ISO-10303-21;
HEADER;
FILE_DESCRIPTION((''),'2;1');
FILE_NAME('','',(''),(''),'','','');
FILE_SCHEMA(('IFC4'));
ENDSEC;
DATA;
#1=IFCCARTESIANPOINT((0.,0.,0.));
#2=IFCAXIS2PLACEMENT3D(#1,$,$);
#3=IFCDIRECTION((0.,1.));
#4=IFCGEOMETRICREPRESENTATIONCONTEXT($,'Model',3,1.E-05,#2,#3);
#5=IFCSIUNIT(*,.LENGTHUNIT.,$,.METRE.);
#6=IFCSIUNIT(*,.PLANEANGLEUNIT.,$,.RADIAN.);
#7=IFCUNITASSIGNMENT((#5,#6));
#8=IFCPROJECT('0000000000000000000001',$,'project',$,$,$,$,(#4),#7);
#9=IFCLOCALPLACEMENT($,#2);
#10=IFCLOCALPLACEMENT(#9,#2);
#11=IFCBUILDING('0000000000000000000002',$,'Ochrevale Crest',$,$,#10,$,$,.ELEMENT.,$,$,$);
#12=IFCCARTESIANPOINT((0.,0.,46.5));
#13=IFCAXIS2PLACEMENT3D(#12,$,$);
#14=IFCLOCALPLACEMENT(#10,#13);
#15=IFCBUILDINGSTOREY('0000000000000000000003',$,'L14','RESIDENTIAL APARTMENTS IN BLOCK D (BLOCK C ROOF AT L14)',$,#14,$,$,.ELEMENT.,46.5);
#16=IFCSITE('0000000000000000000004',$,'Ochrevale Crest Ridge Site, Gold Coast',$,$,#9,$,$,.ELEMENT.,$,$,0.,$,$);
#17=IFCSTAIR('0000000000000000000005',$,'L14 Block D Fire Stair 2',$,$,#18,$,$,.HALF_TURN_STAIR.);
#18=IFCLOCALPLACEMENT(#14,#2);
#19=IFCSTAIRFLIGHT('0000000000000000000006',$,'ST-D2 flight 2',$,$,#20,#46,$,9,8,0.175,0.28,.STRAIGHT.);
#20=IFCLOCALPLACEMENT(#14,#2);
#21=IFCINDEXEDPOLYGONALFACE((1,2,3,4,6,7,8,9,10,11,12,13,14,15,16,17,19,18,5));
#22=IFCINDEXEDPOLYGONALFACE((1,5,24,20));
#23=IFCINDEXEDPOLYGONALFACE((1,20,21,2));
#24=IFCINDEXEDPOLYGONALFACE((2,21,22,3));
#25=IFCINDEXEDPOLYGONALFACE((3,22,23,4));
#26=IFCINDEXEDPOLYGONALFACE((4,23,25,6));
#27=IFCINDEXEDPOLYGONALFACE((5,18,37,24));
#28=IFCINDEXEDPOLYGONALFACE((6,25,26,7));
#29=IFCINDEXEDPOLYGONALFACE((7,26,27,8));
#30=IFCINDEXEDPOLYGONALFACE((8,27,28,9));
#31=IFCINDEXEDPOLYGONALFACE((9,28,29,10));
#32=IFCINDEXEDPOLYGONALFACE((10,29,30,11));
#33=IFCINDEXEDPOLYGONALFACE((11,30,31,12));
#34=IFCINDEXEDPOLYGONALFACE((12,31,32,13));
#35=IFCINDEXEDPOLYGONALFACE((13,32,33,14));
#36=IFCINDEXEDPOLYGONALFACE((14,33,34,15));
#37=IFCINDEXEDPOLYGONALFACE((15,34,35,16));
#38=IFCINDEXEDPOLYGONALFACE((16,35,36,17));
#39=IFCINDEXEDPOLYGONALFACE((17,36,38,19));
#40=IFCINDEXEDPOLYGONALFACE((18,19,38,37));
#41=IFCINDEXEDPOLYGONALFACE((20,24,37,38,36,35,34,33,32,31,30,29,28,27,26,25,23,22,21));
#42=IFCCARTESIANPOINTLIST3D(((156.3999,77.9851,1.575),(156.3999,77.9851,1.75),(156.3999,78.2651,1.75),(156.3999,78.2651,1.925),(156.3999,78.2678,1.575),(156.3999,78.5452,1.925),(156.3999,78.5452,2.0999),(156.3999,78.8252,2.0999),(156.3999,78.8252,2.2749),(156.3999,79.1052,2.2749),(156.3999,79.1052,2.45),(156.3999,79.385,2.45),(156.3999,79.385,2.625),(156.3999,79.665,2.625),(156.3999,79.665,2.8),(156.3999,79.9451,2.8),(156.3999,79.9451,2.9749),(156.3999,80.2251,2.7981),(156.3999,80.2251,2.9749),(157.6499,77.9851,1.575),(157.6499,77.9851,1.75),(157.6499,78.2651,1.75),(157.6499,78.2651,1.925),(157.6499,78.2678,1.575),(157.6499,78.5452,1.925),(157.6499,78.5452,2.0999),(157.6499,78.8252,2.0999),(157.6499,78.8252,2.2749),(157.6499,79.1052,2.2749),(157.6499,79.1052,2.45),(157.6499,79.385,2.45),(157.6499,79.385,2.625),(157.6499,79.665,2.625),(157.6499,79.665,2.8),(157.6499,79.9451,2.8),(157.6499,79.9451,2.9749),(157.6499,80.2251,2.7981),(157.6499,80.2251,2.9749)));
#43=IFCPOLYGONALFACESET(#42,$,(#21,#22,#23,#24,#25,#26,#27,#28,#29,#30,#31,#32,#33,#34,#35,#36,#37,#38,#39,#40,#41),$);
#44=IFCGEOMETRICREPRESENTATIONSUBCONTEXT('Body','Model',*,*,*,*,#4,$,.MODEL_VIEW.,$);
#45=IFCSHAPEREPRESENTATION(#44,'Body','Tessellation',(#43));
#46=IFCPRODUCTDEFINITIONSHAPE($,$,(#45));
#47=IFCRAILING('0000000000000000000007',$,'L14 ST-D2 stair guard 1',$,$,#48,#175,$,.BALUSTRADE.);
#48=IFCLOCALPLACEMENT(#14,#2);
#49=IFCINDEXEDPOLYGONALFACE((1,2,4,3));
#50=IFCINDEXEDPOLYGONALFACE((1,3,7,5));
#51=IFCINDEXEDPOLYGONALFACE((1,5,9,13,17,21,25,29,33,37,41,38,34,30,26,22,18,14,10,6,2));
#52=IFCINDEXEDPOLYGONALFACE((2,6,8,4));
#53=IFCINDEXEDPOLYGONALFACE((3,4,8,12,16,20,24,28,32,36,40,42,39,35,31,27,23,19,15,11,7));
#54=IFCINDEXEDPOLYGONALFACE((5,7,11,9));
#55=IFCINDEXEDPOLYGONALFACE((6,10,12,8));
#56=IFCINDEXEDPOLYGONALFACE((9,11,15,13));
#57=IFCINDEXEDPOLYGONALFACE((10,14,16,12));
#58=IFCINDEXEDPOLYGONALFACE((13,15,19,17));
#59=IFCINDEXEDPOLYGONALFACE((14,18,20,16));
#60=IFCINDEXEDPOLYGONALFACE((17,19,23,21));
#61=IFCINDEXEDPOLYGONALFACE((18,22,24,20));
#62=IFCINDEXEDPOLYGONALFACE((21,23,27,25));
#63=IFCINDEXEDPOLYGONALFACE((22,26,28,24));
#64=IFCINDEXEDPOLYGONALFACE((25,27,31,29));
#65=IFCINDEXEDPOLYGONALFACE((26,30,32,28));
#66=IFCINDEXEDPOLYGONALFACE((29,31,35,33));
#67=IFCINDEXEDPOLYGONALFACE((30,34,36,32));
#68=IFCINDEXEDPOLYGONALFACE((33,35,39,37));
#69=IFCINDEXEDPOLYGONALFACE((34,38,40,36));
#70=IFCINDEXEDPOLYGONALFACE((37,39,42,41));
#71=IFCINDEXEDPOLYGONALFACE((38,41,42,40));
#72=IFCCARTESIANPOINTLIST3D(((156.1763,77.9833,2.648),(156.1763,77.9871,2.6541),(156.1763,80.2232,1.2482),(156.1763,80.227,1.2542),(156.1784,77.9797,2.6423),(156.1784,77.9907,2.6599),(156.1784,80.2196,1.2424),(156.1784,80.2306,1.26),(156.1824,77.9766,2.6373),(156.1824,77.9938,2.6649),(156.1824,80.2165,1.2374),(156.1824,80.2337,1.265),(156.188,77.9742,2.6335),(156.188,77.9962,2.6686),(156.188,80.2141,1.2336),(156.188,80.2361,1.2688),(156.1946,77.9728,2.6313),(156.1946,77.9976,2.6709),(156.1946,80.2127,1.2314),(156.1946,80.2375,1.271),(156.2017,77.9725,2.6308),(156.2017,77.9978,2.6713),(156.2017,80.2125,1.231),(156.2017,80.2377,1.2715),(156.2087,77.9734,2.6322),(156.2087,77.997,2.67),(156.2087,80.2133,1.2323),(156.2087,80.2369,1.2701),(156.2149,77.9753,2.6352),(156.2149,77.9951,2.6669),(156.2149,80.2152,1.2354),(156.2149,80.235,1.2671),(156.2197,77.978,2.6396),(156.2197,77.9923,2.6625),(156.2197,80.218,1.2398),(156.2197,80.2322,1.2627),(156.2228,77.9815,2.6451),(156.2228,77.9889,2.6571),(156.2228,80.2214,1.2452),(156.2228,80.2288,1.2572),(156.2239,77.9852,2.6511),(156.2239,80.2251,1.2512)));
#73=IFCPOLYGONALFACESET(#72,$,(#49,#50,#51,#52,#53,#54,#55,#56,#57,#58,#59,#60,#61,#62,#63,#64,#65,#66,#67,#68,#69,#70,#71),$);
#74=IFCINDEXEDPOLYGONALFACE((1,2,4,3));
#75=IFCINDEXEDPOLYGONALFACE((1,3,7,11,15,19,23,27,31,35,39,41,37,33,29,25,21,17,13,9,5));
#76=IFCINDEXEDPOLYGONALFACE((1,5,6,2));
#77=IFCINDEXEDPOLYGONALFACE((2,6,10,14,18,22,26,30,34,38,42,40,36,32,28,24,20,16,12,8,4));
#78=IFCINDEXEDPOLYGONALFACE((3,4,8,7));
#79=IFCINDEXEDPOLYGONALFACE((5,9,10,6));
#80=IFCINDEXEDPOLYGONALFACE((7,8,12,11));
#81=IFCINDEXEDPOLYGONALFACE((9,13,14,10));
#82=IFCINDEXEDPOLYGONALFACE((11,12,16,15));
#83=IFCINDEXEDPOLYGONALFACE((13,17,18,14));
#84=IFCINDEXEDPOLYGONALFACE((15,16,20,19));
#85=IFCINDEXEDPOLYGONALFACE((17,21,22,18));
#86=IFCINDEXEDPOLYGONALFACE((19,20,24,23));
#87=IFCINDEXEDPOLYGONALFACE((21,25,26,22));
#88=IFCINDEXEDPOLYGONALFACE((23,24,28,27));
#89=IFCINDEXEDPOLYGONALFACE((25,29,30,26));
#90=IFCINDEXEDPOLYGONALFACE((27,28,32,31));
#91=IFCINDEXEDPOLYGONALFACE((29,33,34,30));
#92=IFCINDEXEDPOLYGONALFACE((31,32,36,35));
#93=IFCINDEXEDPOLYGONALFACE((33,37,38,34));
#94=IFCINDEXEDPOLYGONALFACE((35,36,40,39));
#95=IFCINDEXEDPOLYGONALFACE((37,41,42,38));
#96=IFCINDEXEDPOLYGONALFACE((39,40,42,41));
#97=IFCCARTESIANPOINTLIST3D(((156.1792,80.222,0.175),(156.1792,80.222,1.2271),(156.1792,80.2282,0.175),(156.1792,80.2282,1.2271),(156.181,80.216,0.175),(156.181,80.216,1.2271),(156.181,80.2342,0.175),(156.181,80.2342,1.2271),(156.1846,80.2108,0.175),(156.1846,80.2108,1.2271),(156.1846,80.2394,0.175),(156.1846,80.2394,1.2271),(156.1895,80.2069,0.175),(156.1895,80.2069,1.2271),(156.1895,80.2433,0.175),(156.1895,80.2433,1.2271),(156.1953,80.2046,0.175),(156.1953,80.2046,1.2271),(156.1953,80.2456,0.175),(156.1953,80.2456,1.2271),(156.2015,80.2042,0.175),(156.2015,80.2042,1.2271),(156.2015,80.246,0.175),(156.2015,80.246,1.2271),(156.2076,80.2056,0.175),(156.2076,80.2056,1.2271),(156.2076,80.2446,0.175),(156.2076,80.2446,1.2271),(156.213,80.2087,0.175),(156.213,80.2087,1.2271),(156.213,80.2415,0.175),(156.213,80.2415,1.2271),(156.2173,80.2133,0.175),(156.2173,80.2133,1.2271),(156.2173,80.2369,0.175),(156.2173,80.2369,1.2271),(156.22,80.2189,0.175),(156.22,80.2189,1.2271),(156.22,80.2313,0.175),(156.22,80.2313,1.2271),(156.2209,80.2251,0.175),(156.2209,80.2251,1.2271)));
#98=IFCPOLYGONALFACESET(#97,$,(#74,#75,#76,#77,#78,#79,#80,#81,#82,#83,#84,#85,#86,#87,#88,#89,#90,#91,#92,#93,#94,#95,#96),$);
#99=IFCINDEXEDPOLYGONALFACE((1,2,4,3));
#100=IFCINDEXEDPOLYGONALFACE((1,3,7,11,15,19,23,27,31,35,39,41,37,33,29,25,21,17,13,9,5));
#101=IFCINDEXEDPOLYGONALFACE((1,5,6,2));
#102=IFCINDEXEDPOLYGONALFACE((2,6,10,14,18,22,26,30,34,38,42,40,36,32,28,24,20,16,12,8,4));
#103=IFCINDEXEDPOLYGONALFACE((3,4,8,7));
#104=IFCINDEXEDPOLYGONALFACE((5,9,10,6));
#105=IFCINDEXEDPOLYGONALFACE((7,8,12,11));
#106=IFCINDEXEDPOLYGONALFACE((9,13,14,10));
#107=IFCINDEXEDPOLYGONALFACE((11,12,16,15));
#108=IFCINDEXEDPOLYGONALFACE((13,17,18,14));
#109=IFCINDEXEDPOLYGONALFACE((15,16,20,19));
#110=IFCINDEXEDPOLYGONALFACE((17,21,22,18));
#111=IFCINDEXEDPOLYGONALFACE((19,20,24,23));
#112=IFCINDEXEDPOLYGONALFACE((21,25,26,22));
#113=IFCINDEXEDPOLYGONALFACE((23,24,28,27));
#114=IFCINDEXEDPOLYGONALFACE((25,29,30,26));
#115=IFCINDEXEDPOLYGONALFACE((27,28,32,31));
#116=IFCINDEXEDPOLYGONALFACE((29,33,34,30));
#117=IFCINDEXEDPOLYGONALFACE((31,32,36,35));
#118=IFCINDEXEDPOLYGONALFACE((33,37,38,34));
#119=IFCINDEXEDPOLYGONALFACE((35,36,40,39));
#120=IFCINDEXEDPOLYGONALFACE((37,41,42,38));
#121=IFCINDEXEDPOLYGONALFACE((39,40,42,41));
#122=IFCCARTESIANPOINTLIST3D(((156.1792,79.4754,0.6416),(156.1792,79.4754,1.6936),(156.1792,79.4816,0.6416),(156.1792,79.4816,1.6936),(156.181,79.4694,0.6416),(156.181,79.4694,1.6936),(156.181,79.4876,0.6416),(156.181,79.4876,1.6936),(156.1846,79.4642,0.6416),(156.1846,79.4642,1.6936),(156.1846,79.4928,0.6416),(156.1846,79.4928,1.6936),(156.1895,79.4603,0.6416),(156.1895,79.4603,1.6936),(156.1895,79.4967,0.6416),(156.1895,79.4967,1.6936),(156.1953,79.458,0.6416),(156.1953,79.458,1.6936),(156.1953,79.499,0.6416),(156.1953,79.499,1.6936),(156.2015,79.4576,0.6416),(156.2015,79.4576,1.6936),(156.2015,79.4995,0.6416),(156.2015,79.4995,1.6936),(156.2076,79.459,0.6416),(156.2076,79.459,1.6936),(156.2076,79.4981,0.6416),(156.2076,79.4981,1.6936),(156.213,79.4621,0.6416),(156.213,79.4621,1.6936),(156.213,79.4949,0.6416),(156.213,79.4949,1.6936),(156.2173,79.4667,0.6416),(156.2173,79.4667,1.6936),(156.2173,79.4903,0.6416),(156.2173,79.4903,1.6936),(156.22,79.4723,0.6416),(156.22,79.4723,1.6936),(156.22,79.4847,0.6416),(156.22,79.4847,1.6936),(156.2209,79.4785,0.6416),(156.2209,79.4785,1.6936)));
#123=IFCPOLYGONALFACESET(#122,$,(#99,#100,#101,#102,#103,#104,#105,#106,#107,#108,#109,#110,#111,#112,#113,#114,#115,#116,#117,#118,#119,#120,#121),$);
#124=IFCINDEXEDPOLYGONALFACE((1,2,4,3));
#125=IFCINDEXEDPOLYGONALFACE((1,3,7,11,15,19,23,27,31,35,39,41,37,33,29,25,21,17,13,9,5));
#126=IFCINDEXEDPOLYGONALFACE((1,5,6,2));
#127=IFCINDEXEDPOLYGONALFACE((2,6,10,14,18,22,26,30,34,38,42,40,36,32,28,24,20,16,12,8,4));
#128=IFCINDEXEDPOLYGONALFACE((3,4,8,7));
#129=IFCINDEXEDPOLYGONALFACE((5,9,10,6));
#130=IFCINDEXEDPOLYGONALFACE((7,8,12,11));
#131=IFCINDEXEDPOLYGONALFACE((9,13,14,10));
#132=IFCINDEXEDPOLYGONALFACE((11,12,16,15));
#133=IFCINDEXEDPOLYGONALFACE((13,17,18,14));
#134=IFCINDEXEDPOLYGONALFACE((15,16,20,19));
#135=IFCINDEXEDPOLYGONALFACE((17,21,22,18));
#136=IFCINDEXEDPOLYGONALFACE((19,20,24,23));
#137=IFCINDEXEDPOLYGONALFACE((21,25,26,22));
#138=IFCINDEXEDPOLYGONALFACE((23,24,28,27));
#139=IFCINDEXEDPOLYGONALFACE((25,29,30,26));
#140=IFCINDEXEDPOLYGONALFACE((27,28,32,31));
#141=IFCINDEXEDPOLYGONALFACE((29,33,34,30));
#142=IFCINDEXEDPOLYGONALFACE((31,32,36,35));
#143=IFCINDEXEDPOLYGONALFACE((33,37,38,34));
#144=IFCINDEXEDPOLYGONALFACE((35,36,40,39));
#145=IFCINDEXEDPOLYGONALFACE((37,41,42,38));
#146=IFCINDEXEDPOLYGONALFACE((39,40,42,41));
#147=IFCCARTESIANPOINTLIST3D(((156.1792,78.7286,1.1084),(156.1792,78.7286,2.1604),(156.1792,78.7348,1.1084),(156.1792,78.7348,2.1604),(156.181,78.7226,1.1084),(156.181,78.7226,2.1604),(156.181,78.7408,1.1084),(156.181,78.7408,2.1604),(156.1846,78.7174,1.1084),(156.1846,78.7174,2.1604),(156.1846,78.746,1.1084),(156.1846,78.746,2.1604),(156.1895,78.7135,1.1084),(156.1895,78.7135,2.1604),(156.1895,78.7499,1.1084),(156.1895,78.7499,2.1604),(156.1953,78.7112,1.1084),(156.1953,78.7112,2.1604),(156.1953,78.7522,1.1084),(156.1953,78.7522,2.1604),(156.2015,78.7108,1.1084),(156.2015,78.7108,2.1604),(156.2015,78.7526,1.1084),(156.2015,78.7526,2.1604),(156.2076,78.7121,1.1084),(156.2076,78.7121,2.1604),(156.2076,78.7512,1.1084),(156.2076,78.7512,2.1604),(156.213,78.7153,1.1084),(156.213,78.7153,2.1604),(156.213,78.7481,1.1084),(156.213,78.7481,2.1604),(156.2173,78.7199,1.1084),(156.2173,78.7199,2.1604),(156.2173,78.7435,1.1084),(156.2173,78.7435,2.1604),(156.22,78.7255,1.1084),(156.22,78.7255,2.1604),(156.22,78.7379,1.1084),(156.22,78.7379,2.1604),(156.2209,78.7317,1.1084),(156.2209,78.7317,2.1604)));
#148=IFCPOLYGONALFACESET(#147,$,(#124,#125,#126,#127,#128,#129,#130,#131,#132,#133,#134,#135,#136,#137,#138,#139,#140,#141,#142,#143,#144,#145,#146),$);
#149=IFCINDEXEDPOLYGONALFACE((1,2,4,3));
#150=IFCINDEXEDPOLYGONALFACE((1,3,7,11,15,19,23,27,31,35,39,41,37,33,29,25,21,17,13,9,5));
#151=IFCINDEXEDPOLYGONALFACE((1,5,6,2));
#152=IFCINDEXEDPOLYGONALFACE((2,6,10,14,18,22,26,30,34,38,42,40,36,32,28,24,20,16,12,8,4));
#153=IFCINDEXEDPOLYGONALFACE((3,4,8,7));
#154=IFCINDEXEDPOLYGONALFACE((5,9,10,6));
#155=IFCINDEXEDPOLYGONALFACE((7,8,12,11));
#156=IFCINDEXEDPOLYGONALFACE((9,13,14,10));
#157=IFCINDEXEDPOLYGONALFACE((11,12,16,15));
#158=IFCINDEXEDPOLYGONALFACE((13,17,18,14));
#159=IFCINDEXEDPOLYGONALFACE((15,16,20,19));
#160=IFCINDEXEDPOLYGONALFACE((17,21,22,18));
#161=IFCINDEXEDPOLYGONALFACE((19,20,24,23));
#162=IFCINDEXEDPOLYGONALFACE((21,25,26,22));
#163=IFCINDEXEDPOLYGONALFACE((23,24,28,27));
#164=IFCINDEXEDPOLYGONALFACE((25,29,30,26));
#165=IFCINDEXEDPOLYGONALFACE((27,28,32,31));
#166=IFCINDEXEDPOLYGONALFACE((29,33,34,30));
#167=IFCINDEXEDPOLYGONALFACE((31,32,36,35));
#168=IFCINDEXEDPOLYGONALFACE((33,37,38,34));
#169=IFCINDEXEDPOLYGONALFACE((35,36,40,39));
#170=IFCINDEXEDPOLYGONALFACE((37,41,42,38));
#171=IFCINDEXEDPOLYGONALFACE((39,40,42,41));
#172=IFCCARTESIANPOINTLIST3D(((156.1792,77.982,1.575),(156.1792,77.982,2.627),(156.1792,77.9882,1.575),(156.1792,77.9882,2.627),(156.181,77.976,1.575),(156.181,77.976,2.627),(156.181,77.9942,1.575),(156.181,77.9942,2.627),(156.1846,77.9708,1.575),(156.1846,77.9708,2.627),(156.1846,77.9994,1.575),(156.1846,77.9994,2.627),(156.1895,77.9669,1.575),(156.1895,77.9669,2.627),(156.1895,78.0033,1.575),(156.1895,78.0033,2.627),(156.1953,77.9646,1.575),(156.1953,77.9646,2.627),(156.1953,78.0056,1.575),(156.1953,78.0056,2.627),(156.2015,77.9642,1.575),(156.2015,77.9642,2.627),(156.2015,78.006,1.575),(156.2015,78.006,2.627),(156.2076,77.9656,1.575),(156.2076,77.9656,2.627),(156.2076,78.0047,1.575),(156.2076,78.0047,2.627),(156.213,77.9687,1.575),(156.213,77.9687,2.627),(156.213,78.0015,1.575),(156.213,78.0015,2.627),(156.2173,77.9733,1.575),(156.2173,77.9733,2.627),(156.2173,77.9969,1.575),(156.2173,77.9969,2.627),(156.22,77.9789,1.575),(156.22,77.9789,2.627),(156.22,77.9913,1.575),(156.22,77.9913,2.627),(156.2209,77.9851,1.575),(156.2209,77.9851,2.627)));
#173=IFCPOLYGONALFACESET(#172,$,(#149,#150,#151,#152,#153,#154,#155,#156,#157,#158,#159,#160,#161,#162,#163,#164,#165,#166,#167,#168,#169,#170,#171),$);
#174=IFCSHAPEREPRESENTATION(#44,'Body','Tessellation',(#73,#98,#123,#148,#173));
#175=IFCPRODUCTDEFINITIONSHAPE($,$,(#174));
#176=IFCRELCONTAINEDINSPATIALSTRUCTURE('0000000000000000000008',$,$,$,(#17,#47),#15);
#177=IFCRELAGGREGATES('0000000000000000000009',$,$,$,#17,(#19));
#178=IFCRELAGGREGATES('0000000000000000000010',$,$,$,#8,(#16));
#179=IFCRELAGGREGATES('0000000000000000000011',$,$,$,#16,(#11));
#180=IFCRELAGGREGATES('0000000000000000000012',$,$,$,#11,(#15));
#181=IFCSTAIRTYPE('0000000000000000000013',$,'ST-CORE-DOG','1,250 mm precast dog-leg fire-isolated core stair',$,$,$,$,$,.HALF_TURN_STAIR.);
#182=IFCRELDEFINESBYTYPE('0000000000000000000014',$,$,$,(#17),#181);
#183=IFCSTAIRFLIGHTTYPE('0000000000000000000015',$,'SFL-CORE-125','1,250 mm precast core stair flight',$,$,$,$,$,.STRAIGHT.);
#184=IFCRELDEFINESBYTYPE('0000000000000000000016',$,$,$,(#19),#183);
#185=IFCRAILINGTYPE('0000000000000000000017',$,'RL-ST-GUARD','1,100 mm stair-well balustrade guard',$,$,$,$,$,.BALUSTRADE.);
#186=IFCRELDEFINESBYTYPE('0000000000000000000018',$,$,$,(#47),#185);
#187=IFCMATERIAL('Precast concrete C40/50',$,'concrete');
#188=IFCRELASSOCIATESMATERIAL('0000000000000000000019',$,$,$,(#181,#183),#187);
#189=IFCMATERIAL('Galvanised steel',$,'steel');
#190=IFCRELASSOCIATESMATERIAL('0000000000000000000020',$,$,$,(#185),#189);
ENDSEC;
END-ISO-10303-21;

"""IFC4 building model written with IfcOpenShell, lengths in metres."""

from ifc_helpers import new_model, si_unit, direction, frame, origin, origin_2d, place, context, subcontext, project, spatial, polyline, circle, outline, extrude, material, type_object, element, aggregate, save


model = new_model("IFC4")

# Units and contexts
model_context = context("Model", 3, precision=1e-05, world=origin(), true_north=direction((0.0, 1.0)))
body_context = subcontext(model_context, "Body", "Model", "MODEL_VIEW")
ifc_project = project(units=[si_unit("LENGTHUNIT", "METRE"), si_unit("PLANEANGLEUNIT", "RADIAN")], contexts=[model_context])

# Site, building, storey
site_placement = place(None, origin())
site = spatial("IfcSite", under=ifc_project, at=site_placement, Name="Ochrevale Crest Ridge Site, Gold Coast", CompositionType="ELEMENT", RefElevation=0.0)
building_placement = place(site_placement, origin())
building = spatial("IfcBuilding", under=site, at=building_placement, Name="Ochrevale Crest", CompositionType="ELEMENT")
storey_placement = place(building_placement, frame((0.0, 0.0, 46.5)))
storey = spatial("IfcBuildingStorey", under=building, at=storey_placement, Name="L14", Description="RESIDENTIAL APARTMENTS IN BLOCK D (BLOCK C ROOF AT L14)", CompositionType="ELEMENT", Elevation=46.5)

# Shared definitions
ifc_material_1 = material(Name="Precast concrete C40/50", Category="concrete")

# Stair, stair flight
stair_type = type_object("IfcStairType", Name="ST-CORE-DOG", Description="1,250 mm precast dog-leg fire-isolated core stair", PredefinedType="HALF_TURN_STAIR", material=ifc_material_1)
stair_placement = place(storey_placement, origin())
stair = element("IfcStair", 1, at=stair_placement, inside=storey, type_object=stair_type, Name="L14 Block D Fire Stair 2", PredefinedType="HALF_TURN_STAIR")
stair_flight_type = type_object("IfcStairFlightType", Name="SFL-CORE-125", Description="1,250 mm precast core stair flight", PredefinedType="STRAIGHT", material=ifc_material_1)
stair_flight_1_placement = place(storey_placement, frame((157.0249, 77.9851, 1.575), z_axis=(0.0, 0.0, 1.0), x_axis=(0.0, 1.0, 0.0)))
stair_flight_1 = element("IfcStairFlight", 2, at=stair_flight_1_placement, type_object=stair_flight_type, Name="ST-D2 flight 2", NumberOfRisers=9, NumberOfTreads=8, PredefinedType="STRAIGHT", RiserHeight=0.175, TreadLength=0.28, context=body_context, shape_type="SweptSolid", body=[
    extrude(outline(polyline([(0.0, 0.0), (0.0, 0.175), (0.28, 0.175), (0.28, 0.3501), (0.5601, 0.3501), (0.5601, 0.5249), (0.8401, 0.5249), (0.8401, 0.7), (1.1201, 0.7), (1.1201, 0.875), (1.3999, 0.875), (1.3999, 1.05), (1.6799, 1.05), (1.6799, 1.2251), (1.96, 1.2251), (1.96, 1.3999), (2.24, 1.3999), (2.24, 1.575), (2.24, 1.2231), (0.2827, 0.0), (0.0, 0.0)])), frame((0.0, 0.625, 0.0), z_axis=(0.0, -1.0, 0.0), x_axis=(1.0, 0.0, 0.0)), (0.0, 0.0, 1.0), 1.25),
])
aggregate(stair, [stair_flight_1])

# Railing
ifc_material_2 = material(Name="Galvanised steel", Category="steel")
railing_type_1 = type_object("IfcRailingType", Name="RL-ST-GUARD", Description="1,100 mm stair-well balustrade guard", PredefinedType="BALUSTRADE", material=ifc_material_2)
railing_1_placement = place(storey_placement, frame((156.2, 80.2251, 0.175)))
element("IfcRailing", 3, at=railing_1_placement, inside=storey, type_object=railing_type_1, Name="L14 ST-D2 stair guard 1", PredefinedType="BALUSTRADE", context=body_context, shape_type="SweptSolid", body=[
    extrude(circle(Radius=0.0239, at=origin_2d()), frame((0.0, 0.0, 1.0762), z_axis=(0.0, -0.848014, 0.529974), x_axis=(1.0, 0.0, 0.0)), (0.0, 0.0, 1.0), 2.6414),
    extrude(circle(Radius=0.021, at=origin_2d()), origin(), (0.0, 0.0, 1.0), 1.052),
    extrude(circle(Radius=0.021, at=origin_2d()), frame((0.0, -0.7466, 0.4666)), (0.0, 0.0, 1.0), 1.052),
    extrude(circle(Radius=0.021, at=origin_2d()), frame((0.0, -1.4934, 0.9333)), (0.0, 0.0, 1.0), 1.052),
    extrude(circle(Radius=0.021, at=origin_2d()), frame((0.0, -2.24, 1.3999)), (0.0, 0.0, 1.0), 1.052),
])

save(model, "model.ifc")
